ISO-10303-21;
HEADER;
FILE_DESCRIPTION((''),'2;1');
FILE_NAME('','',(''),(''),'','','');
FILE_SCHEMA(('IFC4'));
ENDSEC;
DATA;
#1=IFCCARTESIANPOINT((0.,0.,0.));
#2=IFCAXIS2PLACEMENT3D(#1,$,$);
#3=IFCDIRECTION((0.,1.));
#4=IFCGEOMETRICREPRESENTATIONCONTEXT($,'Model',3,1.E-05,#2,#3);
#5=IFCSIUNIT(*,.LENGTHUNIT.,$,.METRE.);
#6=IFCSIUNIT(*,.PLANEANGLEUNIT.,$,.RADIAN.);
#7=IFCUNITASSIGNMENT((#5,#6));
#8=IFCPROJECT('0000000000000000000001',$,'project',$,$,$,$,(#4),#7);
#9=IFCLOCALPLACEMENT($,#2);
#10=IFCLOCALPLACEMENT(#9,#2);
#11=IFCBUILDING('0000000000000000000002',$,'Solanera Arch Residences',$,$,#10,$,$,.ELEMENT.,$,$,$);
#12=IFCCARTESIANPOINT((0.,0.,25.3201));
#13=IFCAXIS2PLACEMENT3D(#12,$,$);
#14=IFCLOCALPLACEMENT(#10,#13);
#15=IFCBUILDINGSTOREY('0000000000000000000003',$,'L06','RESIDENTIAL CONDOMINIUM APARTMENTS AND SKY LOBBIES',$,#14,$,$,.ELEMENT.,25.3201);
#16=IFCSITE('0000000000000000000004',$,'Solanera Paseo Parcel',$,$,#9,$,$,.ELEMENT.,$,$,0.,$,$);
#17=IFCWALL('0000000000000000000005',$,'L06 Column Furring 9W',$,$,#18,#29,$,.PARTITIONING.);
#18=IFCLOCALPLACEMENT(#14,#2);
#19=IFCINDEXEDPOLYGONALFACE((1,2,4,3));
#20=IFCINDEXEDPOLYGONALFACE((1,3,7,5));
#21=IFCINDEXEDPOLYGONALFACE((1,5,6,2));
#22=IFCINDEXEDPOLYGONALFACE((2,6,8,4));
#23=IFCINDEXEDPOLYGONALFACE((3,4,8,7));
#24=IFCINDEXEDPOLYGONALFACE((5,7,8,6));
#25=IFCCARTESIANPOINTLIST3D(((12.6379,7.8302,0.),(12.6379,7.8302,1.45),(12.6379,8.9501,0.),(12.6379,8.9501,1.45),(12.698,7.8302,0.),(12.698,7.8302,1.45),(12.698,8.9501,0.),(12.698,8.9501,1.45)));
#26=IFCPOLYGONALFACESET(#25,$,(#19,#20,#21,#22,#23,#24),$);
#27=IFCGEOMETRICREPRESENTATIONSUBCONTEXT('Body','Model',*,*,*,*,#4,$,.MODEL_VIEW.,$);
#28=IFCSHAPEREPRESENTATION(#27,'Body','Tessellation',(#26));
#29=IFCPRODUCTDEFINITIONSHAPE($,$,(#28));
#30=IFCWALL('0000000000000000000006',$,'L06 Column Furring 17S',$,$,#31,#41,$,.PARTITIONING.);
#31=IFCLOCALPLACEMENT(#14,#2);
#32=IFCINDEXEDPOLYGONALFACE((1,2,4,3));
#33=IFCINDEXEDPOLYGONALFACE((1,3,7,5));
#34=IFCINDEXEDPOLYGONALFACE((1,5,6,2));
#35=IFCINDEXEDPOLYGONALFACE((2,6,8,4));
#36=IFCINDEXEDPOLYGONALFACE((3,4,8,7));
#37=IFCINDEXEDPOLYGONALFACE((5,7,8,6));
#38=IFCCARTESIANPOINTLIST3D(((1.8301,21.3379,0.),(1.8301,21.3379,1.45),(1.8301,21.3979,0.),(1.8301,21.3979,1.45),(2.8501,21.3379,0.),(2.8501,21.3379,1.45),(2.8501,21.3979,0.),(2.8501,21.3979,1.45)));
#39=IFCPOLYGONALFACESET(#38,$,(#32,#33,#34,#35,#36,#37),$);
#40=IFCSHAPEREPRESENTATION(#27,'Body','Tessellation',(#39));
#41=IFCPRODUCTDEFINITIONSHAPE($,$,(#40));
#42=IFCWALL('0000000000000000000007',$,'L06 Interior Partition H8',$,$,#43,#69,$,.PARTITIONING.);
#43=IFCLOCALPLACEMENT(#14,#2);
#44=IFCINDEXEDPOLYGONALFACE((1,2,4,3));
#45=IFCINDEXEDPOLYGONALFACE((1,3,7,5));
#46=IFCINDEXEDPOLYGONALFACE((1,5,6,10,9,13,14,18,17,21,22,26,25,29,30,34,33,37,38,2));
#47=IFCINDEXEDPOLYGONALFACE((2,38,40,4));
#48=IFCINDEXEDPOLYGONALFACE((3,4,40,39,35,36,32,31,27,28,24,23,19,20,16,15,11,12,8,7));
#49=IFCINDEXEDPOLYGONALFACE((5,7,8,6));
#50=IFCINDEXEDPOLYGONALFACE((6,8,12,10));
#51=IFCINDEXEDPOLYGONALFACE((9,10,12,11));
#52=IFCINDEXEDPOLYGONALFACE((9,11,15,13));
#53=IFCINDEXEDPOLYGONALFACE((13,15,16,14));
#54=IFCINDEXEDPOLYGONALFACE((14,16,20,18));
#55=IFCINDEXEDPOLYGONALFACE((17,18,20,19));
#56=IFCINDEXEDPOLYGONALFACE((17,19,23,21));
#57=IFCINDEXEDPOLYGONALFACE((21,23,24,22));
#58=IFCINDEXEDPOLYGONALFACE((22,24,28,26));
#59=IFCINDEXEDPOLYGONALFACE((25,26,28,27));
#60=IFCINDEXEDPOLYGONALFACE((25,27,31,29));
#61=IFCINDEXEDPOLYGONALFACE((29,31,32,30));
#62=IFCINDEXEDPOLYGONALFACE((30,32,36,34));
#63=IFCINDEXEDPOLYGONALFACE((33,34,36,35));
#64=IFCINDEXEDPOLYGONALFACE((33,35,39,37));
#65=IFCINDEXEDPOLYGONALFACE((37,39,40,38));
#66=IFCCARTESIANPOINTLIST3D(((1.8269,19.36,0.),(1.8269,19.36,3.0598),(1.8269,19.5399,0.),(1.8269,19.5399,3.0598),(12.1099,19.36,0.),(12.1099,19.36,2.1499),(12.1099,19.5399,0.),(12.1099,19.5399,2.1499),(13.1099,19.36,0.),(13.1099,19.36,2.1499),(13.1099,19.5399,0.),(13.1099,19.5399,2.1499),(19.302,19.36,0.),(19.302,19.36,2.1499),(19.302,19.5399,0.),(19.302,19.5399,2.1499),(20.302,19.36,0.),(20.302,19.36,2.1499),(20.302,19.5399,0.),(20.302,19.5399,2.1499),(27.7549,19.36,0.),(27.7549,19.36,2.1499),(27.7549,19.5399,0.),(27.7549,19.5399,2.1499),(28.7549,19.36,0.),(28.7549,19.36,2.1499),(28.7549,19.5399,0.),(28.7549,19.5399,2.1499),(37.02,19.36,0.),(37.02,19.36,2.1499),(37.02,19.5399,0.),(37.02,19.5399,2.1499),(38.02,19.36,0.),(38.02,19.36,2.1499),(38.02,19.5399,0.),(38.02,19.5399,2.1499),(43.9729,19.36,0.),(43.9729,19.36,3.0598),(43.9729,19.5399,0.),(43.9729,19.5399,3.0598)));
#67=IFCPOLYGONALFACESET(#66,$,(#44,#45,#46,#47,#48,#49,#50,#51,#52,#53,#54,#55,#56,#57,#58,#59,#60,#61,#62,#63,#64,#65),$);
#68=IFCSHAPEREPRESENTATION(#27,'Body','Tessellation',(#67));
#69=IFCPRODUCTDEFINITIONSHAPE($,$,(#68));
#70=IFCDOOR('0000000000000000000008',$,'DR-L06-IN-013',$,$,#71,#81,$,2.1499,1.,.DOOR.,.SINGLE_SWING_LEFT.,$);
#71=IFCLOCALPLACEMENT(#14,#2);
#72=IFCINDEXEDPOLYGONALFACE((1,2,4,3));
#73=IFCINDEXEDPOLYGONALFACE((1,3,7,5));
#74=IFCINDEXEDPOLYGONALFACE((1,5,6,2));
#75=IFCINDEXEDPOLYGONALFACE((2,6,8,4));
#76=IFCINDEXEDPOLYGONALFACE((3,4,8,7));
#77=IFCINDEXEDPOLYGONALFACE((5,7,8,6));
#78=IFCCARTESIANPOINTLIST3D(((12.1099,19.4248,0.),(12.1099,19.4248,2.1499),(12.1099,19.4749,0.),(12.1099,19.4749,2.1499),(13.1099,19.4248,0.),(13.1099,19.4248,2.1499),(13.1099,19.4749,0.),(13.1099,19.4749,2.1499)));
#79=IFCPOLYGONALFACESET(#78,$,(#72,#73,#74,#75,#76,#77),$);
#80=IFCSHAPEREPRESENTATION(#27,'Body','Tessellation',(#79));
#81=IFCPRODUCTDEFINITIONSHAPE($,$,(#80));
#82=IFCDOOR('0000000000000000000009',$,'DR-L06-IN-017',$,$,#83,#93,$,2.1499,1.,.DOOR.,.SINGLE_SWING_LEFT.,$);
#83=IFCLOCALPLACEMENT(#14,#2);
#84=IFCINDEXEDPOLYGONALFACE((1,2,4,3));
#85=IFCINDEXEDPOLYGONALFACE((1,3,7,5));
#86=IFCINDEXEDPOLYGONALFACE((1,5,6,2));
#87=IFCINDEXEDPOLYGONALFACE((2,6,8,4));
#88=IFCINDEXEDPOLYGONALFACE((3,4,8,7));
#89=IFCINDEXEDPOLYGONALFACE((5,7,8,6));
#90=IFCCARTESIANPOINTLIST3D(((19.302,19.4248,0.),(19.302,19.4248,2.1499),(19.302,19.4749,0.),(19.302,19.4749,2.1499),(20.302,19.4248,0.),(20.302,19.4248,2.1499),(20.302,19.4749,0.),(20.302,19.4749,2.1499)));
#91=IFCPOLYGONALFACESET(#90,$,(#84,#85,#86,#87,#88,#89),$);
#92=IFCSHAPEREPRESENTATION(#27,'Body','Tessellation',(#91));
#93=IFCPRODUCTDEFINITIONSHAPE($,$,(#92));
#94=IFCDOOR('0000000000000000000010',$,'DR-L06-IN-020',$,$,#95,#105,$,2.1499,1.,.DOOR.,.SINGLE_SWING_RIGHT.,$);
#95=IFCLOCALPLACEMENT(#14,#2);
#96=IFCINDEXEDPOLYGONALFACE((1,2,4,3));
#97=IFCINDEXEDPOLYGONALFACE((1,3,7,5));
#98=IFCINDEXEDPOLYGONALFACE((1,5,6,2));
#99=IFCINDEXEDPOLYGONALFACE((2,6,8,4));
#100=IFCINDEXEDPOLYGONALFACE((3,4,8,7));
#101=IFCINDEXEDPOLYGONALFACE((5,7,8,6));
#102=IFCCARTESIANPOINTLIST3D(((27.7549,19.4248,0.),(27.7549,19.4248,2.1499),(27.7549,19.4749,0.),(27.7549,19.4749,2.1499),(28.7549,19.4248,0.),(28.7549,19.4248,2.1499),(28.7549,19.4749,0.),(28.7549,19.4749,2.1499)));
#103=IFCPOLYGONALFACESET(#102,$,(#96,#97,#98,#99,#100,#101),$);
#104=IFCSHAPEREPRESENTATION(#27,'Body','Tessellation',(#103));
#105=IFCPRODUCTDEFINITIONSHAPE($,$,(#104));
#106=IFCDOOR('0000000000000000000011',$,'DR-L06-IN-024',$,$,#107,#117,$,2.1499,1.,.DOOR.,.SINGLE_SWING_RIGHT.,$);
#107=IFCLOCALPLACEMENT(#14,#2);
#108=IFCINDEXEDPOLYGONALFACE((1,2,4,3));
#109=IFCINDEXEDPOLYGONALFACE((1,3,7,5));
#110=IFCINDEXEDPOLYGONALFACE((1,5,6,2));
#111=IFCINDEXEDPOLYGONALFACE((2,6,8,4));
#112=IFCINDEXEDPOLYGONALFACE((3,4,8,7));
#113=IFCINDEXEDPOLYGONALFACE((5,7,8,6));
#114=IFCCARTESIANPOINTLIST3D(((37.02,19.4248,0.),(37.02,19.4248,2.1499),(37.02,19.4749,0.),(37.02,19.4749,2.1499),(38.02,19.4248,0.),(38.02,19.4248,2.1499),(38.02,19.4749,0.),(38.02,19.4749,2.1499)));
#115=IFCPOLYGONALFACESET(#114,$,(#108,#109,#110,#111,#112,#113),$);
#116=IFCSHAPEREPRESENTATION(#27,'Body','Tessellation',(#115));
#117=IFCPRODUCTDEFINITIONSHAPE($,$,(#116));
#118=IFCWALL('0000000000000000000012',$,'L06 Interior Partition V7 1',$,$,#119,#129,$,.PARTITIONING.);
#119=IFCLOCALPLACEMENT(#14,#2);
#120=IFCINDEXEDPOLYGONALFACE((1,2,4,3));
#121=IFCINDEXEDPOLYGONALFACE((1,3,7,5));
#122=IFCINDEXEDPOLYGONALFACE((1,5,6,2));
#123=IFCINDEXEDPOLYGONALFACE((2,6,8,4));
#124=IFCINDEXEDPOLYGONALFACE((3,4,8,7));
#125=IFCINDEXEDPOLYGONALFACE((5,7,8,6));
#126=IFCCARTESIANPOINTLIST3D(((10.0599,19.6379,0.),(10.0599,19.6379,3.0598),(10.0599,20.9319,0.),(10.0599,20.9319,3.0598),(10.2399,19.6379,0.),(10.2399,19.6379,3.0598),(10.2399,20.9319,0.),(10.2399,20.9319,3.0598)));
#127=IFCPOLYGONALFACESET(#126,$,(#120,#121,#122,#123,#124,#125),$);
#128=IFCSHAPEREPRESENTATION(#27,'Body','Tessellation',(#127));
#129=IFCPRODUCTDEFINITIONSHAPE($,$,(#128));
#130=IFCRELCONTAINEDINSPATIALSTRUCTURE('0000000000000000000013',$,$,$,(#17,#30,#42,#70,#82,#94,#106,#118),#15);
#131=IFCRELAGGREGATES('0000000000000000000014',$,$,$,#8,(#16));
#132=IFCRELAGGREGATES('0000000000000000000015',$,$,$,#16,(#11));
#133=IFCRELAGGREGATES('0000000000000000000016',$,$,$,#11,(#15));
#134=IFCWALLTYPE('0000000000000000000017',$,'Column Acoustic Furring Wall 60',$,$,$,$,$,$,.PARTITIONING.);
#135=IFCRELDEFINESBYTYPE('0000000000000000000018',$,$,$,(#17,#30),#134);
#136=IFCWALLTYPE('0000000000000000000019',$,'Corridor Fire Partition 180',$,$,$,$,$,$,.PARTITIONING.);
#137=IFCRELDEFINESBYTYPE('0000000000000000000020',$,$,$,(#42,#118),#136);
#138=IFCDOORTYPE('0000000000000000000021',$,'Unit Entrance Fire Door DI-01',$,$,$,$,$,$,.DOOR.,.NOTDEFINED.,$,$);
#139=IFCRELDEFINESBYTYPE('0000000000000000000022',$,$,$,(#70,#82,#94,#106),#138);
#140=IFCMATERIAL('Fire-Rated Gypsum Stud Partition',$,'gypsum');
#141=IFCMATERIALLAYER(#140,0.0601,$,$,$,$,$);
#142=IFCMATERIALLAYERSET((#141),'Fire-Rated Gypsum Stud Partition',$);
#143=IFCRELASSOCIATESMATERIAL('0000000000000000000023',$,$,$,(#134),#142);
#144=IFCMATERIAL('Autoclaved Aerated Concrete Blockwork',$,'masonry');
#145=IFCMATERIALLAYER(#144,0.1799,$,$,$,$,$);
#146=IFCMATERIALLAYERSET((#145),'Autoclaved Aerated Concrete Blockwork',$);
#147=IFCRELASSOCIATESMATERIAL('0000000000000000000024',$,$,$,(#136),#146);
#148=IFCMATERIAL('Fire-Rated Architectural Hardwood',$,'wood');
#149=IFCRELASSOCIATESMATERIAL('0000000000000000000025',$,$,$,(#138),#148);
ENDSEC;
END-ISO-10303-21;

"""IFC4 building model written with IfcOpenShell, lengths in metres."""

from ifc_helpers import new_model, si_unit, direction, frame, frame_2d, origin, place, context, subcontext, project, spatial, rectangle, extrude, material, layer, layer_set, type_object, element, fill, save


model = new_model("IFC4")

# Units and contexts
model_context = context("Model", 3, precision=1e-05, world=origin(), true_north=direction((0.0, 1.0)))
body_context = subcontext(model_context, "Body", "Model", "MODEL_VIEW")
ifc_project = project(units=[si_unit("LENGTHUNIT", "METRE"), si_unit("PLANEANGLEUNIT", "RADIAN")], contexts=[model_context])

# Site, building, storey
site_placement = place(None, origin())
site = spatial("IfcSite", under=ifc_project, at=site_placement, Name="Solanera Paseo Parcel", CompositionType="ELEMENT", RefElevation=0.0)
building_placement = place(site_placement, origin())
building = spatial("IfcBuilding", under=site, at=building_placement, Name="Solanera Arch Residences", CompositionType="ELEMENT")
storey_placement = place(building_placement, frame((0.0, 0.0, 25.3201)))
storey = spatial("IfcBuildingStorey", under=building, at=storey_placement, Name="L06", Description="RESIDENTIAL CONDOMINIUM APARTMENTS AND SKY LOBBIES", CompositionType="ELEMENT", Elevation=25.3201)

# Walls
ifc_material_1 = material(Name="Fire-Rated Gypsum Stud Partition", Category="gypsum")
ifc_layer_1 = layer(ifc_material_1, 0.0601)
ifc_layer_set_1 = layer_set([ifc_layer_1], Name="Fire-Rated Gypsum Stud Partition")
wall_type_1 = type_object("IfcWallType", Name="Column Acoustic Furring Wall 60", PredefinedType="PARTITIONING", material=ifc_layer_set_1)
wall_1_placement = place(storey_placement, frame((12.668, 7.8301, 0.0), z_axis=(0.0, 0.0, 1.0), x_axis=(0.0, 1.0, 0.0)))
element("IfcWall", 1, at=wall_1_placement, inside=storey, type_object=wall_type_1, Name="L06 Column Furring 9W", PredefinedType="PARTITIONING", context=body_context, shape_type="SweptSolid", body=[
    extrude(rectangle(XDim=1.1199, YDim=0.0601, at=frame_2d((0.5601, 0.0))), origin(), (0.0, 0.0, 1.0), 1.45),
])
wall_2_placement = place(storey_placement, frame((1.8301, 21.3679, 0.0), z_axis=(0.0, 0.0, 1.0), x_axis=(1.0, 0.0, 0.0)))
element("IfcWall", 2, at=wall_2_placement, inside=storey, type_object=wall_type_1, Name="L06 Column Furring 17S", PredefinedType="PARTITIONING", context=body_context, shape_type="SweptSolid", body=[
    extrude(rectangle(XDim=1.02, YDim=0.0601, at=frame_2d((0.51, 0.0))), origin(), (0.0, 0.0, 1.0), 1.45),
])

# Wall, openings, doors
ifc_material_2 = material(Name="Autoclaved Aerated Concrete Blockwork", Category="masonry")
ifc_layer_2 = layer(ifc_material_2, 0.1799)
ifc_layer_set_2 = layer_set([ifc_layer_2], Name="Autoclaved Aerated Concrete Blockwork")
wall_type_2 = type_object("IfcWallType", Name="Corridor Fire Partition 180", PredefinedType="PARTITIONING", material=ifc_layer_set_2)
wall_3_placement = place(storey_placement, frame((1.8269, 19.45, 0.0), z_axis=(0.0, 0.0, 1.0), x_axis=(1.0, 0.0, 0.0)))
wall_3 = element("IfcWall", 3, at=wall_3_placement, inside=storey, type_object=wall_type_2, Name="L06 Interior Partition H8", PredefinedType="PARTITIONING", context=body_context, shape_type="SweptSolid", body=[
    extrude(rectangle(XDim=42.146, YDim=0.1799, at=frame_2d((21.073, 0.0))), origin(), (0.0, 0.0, 1.0), 3.0598),
])
opening_1_placement = place(wall_3_placement, frame((10.283, 0.0, 0.0)))
opening_1 = element("IfcOpeningElement", 4, at=opening_1_placement, cuts=wall_3, PredefinedType="OPENING", context=body_context, shape_type="SweptSolid", body=[
    extrude(rectangle(XDim=1.0, YDim=2.1499, at=frame_2d((0.5, 1.075))), frame((0.0, 0.1001, 0.0), z_axis=(0.0, -1.0, 0.0), x_axis=(1.0, 0.0, 0.0)), (0.0, 0.0, 1.0), 0.1999),
])
opening_2_placement = place(wall_3_placement, frame((17.4751, 0.0, 0.0)))
opening_2 = element("IfcOpeningElement", 5, at=opening_2_placement, cuts=wall_3, PredefinedType="OPENING", context=body_context, shape_type="SweptSolid", body=[
    extrude(rectangle(XDim=1.0, YDim=2.1499, at=frame_2d((0.5, 1.075))), frame((0.0, 0.1001, 0.0), z_axis=(0.0, -1.0, 0.0), x_axis=(1.0, 0.0, 0.0)), (0.0, 0.0, 1.0), 0.1999),
])
opening_3_placement = place(wall_3_placement, frame((25.928, 0.0, 0.0)))
opening_3 = element("IfcOpeningElement", 6, at=opening_3_placement, cuts=wall_3, PredefinedType="OPENING", context=body_context, shape_type="SweptSolid", body=[
    extrude(rectangle(XDim=1.0, YDim=2.1499, at=frame_2d((0.5, 1.075))), frame((0.0, 0.1001, 0.0), z_axis=(0.0, -1.0, 0.0), x_axis=(1.0, 0.0, 0.0)), (0.0, 0.0, 1.0), 0.1999),
])
opening_4_placement = place(wall_3_placement, frame((35.1931, 0.0, 0.0)))
opening_4 = element("IfcOpeningElement", 7, at=opening_4_placement, cuts=wall_3, PredefinedType="OPENING", context=body_context, shape_type="SweptSolid", body=[
    extrude(rectangle(XDim=1.0, YDim=2.1499, at=frame_2d((0.5, 1.075))), frame((0.0, 0.1001, 0.0), z_axis=(0.0, -1.0, 0.0), x_axis=(1.0, 0.0, 0.0)), (0.0, 0.0, 1.0), 0.1999),
])
ifc_material_3 = material(Name="Fire-Rated Architectural Hardwood", Category="wood")
door_type_1 = type_object("IfcDoorType", Name="Unit Entrance Fire Door DI-01", OperationType="NOTDEFINED", PredefinedType="DOOR", material=ifc_material_3)
door_1_placement = place(opening_1_placement, origin())
door_1 = element("IfcDoor", 8, at=door_1_placement, inside=storey, type_object=door_type_1, Name="DR-L06-IN-013", OperationType="SINGLE_SWING_LEFT", OverallHeight=2.1499, OverallWidth=1.0, PredefinedType="DOOR", context=body_context, shape_type="SweptSolid", body=[
    extrude(rectangle(XDim=1.0, YDim=2.1499, at=frame_2d((0.5, 1.075))), frame((0.0, 0.0249, 0.0), z_axis=(0.0, -1.0, 0.0), x_axis=(1.0, 0.0, 0.0)), (0.0, 0.0, 1.0), 0.05),
])
fill(opening_1, door_1)
door_2_placement = place(opening_2_placement, origin())
door_2 = element("IfcDoor", 9, at=door_2_placement, inside=storey, type_object=door_type_1, Name="DR-L06-IN-017", OperationType="SINGLE_SWING_LEFT", OverallHeight=2.1499, OverallWidth=1.0, PredefinedType="DOOR", context=body_context, shape_type="SweptSolid", body=[
    extrude(rectangle(XDim=1.0, YDim=2.1499, at=frame_2d((0.5, 1.075))), frame((0.0, 0.0249, 0.0), z_axis=(0.0, -1.0, 0.0), x_axis=(1.0, 0.0, 0.0)), (0.0, 0.0, 1.0), 0.05),
])
fill(opening_2, door_2)
door_3_placement = place(opening_3_placement, origin())
door_3 = element("IfcDoor", 10, at=door_3_placement, inside=storey, type_object=door_type_1, Name="DR-L06-IN-020", OperationType="SINGLE_SWING_RIGHT", OverallHeight=2.1499, OverallWidth=1.0, PredefinedType="DOOR", context=body_context, shape_type="SweptSolid", body=[
    extrude(rectangle(XDim=1.0, YDim=2.1499, at=frame_2d((0.5, 1.075))), frame((0.0, 0.0249, 0.0), z_axis=(0.0, -1.0, 0.0), x_axis=(1.0, 0.0, 0.0)), (0.0, 0.0, 1.0), 0.05),
])
fill(opening_3, door_3)
door_4_placement = place(opening_4_placement, origin())
door_4 = element("IfcDoor", 11, at=door_4_placement, inside=storey, type_object=door_type_1, Name="DR-L06-IN-024", OperationType="SINGLE_SWING_RIGHT", OverallHeight=2.1499, OverallWidth=1.0, PredefinedType="DOOR", context=body_context, shape_type="SweptSolid", body=[
    extrude(rectangle(XDim=1.0, YDim=2.1499, at=frame_2d((0.5, 1.075))), frame((0.0, 0.0249, 0.0), z_axis=(0.0, -1.0, 0.0), x_axis=(1.0, 0.0, 0.0)), (0.0, 0.0, 1.0), 0.05),
])
fill(opening_4, door_4)

# Wall
wall_4_placement = place(storey_placement, frame((10.1499, 19.6379, 0.0), z_axis=(0.0, 0.0, 1.0), x_axis=(0.0, 1.0, 0.0)))
element("IfcWall", 12, at=wall_4_placement, inside=storey, type_object=wall_type_2, Name="L06 Interior Partition V7 1", PredefinedType="PARTITIONING", context=body_context, shape_type="SweptSolid", body=[
    extrude(rectangle(XDim=1.2939, YDim=0.1799, at=frame_2d((0.647, 0.0))), origin(), (0.0, 0.0, 1.0), 3.0598),
])

save(model, "model.ifc")
